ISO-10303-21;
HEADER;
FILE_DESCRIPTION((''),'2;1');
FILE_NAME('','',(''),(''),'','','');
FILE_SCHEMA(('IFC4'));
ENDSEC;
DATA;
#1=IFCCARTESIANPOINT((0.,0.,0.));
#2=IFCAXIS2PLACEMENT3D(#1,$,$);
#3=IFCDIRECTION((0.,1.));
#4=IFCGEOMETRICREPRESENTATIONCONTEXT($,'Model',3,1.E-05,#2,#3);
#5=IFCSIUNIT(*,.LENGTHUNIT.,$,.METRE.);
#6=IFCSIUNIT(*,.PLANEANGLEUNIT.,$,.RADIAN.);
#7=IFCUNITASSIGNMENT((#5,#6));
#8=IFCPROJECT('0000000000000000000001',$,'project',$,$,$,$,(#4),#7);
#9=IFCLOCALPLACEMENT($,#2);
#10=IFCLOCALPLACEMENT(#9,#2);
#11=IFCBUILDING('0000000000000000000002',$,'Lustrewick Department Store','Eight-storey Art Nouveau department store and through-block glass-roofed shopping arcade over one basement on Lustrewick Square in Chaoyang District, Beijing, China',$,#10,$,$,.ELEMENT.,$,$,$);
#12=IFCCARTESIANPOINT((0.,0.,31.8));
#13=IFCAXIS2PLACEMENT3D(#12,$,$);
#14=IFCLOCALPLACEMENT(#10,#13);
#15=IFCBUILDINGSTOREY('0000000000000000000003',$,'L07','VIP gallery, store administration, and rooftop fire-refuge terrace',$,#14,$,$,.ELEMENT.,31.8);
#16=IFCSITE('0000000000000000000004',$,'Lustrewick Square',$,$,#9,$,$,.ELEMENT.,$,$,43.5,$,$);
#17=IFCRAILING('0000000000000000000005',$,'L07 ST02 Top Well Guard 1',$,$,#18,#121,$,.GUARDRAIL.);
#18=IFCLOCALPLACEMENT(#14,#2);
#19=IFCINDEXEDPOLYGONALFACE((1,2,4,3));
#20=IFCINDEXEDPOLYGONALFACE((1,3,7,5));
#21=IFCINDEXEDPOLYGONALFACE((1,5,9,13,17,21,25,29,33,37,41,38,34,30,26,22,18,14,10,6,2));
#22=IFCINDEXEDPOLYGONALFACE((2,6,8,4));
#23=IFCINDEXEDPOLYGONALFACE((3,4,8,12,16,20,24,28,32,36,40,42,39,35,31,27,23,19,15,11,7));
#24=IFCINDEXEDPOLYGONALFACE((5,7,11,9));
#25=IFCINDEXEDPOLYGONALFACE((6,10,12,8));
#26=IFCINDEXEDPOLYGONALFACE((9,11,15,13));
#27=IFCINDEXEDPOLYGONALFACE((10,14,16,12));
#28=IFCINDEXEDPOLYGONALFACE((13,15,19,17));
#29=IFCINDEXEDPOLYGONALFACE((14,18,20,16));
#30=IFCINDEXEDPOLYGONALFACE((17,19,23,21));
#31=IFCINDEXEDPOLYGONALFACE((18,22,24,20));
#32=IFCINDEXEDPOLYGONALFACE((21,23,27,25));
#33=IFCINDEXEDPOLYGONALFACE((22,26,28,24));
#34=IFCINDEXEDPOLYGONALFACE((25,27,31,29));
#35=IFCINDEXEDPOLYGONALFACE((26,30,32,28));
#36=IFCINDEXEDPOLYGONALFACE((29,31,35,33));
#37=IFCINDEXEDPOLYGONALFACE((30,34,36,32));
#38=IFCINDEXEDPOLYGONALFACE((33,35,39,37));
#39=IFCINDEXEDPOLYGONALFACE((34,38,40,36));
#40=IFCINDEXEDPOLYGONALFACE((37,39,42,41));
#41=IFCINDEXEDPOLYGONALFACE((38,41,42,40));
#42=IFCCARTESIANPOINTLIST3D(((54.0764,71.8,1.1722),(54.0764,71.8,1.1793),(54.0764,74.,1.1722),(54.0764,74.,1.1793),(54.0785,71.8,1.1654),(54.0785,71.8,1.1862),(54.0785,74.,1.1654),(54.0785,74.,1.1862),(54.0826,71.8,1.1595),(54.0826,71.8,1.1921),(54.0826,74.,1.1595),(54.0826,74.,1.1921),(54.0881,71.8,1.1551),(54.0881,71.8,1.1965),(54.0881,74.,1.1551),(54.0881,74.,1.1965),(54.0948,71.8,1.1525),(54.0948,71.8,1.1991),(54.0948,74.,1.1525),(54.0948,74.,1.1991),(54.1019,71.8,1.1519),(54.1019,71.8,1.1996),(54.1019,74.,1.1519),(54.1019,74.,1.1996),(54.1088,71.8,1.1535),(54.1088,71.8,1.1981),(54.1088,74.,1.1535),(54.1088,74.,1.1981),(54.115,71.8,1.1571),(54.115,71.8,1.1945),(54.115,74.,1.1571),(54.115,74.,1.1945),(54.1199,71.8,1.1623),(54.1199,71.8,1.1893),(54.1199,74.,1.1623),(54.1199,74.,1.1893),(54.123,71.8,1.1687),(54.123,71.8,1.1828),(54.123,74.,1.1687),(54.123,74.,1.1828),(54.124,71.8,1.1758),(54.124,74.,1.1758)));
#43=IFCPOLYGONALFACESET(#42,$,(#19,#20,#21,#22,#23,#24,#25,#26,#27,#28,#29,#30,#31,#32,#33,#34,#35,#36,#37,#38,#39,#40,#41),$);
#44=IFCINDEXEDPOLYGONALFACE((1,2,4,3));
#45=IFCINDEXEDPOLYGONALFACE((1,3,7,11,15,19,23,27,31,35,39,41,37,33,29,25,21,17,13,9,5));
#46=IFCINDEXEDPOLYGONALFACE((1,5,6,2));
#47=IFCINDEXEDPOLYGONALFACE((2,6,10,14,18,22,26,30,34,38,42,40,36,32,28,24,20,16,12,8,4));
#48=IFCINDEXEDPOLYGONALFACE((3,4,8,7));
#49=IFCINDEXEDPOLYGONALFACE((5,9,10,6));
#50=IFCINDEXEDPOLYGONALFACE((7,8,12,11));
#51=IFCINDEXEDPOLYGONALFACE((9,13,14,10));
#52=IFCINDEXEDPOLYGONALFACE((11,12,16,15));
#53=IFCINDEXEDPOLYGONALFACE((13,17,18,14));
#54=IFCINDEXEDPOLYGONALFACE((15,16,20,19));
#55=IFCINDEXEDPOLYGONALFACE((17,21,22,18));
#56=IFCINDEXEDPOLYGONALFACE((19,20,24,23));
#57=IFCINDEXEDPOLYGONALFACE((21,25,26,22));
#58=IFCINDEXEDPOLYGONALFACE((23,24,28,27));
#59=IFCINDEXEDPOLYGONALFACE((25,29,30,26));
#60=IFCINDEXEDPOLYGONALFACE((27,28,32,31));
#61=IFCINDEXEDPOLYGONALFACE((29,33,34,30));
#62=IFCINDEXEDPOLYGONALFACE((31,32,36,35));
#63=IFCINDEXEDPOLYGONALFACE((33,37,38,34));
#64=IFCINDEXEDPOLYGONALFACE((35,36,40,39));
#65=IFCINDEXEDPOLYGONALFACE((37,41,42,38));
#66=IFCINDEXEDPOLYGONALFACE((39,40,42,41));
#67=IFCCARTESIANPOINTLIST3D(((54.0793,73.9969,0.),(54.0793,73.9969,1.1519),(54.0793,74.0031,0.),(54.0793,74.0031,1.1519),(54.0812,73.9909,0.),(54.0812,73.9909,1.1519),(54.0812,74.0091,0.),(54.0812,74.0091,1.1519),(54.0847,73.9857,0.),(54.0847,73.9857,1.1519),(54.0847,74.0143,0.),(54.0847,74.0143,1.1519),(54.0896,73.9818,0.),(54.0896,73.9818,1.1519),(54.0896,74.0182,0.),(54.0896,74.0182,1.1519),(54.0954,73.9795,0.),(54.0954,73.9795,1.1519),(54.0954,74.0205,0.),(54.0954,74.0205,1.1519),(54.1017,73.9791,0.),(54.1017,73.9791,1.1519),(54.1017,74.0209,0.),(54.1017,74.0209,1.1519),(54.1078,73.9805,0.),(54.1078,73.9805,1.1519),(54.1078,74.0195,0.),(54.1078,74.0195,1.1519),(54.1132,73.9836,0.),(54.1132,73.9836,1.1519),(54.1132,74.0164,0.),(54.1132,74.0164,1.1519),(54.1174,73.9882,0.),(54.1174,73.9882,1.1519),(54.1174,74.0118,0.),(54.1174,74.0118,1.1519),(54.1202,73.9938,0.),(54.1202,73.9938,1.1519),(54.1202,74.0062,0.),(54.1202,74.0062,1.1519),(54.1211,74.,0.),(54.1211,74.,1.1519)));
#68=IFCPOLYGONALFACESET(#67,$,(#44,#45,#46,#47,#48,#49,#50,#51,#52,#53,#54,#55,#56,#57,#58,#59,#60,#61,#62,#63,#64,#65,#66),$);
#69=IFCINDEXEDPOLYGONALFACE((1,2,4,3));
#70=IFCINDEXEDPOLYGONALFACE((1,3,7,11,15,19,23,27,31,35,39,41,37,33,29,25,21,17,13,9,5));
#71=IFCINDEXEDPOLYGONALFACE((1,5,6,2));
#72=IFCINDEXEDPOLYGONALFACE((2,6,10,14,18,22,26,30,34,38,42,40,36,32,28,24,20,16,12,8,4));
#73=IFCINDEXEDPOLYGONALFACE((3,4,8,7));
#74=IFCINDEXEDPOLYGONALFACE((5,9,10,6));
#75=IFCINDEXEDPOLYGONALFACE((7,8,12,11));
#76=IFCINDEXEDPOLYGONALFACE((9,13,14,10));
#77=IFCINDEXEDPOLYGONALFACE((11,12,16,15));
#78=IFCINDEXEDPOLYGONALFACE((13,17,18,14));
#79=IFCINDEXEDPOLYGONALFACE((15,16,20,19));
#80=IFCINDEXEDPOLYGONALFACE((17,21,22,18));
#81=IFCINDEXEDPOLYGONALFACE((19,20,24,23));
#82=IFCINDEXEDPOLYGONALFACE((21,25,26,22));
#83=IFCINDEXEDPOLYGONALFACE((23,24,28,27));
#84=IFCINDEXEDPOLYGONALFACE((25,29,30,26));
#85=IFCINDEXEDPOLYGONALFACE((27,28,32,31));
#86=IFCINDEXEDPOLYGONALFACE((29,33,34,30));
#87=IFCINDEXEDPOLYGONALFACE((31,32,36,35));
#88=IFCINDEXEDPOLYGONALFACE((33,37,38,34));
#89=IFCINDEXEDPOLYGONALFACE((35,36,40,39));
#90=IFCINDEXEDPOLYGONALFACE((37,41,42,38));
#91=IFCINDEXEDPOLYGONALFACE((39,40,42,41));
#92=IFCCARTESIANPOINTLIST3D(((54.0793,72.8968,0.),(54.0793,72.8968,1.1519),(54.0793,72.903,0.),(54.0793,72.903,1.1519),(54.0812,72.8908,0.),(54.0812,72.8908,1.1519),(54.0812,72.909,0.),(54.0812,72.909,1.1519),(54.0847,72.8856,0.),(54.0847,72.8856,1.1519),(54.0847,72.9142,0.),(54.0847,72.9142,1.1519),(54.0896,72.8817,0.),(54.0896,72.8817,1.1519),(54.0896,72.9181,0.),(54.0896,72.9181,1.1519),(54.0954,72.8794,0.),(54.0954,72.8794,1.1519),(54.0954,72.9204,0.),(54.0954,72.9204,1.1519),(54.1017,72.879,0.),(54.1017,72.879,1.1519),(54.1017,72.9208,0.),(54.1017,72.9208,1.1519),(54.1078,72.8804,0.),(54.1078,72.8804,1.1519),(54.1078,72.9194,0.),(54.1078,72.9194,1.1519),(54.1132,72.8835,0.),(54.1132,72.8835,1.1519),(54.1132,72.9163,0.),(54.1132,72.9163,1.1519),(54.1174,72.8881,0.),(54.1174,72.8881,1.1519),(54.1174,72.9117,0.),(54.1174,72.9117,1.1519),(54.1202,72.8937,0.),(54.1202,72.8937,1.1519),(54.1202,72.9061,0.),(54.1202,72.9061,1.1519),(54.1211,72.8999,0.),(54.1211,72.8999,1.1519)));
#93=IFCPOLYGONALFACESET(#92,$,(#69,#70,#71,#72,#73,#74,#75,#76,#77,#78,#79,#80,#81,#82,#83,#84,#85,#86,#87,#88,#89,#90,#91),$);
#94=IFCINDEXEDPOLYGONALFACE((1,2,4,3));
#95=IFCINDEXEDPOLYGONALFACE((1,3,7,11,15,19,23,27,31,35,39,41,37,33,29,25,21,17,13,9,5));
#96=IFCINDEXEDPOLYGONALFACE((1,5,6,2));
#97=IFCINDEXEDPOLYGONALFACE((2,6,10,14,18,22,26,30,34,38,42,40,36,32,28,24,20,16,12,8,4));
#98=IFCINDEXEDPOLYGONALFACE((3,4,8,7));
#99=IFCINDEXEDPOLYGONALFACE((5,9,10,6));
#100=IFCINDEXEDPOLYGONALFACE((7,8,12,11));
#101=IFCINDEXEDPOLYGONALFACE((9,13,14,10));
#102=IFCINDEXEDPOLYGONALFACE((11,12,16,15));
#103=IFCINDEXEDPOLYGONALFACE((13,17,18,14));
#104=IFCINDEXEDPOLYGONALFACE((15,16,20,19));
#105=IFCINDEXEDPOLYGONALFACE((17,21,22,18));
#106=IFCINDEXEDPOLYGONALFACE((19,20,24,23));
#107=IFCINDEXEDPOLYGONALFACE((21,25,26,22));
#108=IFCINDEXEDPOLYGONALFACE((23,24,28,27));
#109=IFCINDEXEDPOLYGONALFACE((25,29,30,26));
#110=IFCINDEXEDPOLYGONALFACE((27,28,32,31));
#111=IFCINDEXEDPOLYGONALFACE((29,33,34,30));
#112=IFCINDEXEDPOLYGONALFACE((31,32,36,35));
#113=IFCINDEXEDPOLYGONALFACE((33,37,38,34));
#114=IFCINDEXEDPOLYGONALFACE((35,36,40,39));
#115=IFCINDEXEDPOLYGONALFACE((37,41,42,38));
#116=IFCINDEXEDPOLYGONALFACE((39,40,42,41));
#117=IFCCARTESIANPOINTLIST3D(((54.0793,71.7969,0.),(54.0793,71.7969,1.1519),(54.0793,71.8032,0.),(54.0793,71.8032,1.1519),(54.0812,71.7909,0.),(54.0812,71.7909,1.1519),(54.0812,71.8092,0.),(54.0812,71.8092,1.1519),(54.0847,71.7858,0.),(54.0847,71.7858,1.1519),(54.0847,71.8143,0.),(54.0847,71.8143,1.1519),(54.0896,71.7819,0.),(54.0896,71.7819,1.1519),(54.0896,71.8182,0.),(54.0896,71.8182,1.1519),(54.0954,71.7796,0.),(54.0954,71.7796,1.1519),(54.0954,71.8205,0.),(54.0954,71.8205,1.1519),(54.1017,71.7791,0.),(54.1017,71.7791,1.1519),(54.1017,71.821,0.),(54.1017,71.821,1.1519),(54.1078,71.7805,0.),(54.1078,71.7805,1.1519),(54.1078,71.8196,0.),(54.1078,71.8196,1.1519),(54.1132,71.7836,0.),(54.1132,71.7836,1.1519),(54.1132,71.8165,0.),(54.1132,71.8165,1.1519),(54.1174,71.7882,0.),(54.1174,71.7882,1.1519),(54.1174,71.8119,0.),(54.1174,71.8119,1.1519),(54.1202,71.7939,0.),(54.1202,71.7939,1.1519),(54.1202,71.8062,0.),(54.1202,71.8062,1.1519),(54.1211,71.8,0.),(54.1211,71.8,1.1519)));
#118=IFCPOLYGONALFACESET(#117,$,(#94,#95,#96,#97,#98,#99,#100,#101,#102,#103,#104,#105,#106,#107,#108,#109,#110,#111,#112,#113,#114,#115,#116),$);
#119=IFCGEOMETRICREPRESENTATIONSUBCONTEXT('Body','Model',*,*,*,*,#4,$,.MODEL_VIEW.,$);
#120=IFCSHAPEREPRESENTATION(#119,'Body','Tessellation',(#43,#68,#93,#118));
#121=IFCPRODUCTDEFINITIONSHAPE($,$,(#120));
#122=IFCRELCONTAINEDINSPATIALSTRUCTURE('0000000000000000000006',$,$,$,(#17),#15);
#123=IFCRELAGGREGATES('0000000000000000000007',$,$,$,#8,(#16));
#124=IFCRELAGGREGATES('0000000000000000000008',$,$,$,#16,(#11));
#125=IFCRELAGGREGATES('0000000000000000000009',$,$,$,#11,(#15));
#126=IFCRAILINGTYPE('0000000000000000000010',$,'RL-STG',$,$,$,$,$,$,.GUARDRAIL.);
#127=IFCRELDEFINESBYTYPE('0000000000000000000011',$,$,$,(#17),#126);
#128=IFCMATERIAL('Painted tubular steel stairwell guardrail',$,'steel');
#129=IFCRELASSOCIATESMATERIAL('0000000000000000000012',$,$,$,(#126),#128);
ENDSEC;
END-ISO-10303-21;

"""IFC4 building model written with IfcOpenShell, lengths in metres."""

from ifc_helpers import new_model, si_unit, direction, frame, origin, origin_2d, place, context, subcontext, project, spatial, circle, extrude, material, type_object, element, save


model = new_model("IFC4")

# Units and contexts
model_context = context("Model", 3, precision=1e-05, world=origin(), true_north=direction((0.0, 1.0)))
body_context = subcontext(model_context, "Body", "Model", "MODEL_VIEW")
ifc_project = project(units=[si_unit("LENGTHUNIT", "METRE"), si_unit("PLANEANGLEUNIT", "RADIAN")], contexts=[model_context])

# Site, building, storey
site_placement = place(None, origin())
site = spatial("IfcSite", under=ifc_project, at=site_placement, Name="Lustrewick Square", CompositionType="ELEMENT", RefElevation=43.5)
building_placement = place(site_placement, origin())
building = spatial("IfcBuilding", under=site, at=building_placement, Name="Lustrewick Department Store", Description="Eight-storey Art Nouveau department store and through-block glass-roofed shopping arcade over one basement on Lustrewick Square in Chaoyang District, Beijing, China", CompositionType="ELEMENT")
storey_placement = place(building_placement, frame((0.0, 0.0, 31.8)))
storey = spatial("IfcBuildingStorey", under=building, at=storey_placement, Name="L07", Description="VIP gallery, store administration, and rooftop fire-refuge terrace", CompositionType="ELEMENT", Elevation=31.8)

# Railing
ifc_material_1 = material(Name="Painted tubular steel stairwell guardrail", Category="steel")
railing_type_1 = type_object("IfcRailingType", Name="RL-STG", PredefinedType="GUARDRAIL", material=ifc_material_1)
railing_1_placement = place(storey_placement, frame((54.1001, 74.0, 0.0)))
element("IfcRailing", 1, at=railing_1_placement, inside=storey, type_object=railing_type_1, Name="L07 ST02 Top Well Guard 1", PredefinedType="GUARDRAIL", context=body_context, shape_type="SweptSolid", body=[
    extrude(circle(Radius=0.0239, at=origin_2d()), frame((0.0, 0.0, 1.1758), z_axis=(0.0, -1.0, 0.0), x_axis=(1.0, 0.0, 0.0)), (0.0, 0.0, 1.0), 2.2),
    extrude(circle(Radius=0.021, at=origin_2d()), origin(), (0.0, 0.0, 1.0), 1.1519),
    extrude(circle(Radius=0.021, at=origin_2d()), frame((0.0, -1.1001, 0.0)), (0.0, 0.0, 1.0), 1.1519),
    extrude(circle(Radius=0.021, at=origin_2d()), frame((0.0, -2.2, 0.0)), (0.0, 0.0, 1.0), 1.1519),
])

save(model, "model.ifc")
